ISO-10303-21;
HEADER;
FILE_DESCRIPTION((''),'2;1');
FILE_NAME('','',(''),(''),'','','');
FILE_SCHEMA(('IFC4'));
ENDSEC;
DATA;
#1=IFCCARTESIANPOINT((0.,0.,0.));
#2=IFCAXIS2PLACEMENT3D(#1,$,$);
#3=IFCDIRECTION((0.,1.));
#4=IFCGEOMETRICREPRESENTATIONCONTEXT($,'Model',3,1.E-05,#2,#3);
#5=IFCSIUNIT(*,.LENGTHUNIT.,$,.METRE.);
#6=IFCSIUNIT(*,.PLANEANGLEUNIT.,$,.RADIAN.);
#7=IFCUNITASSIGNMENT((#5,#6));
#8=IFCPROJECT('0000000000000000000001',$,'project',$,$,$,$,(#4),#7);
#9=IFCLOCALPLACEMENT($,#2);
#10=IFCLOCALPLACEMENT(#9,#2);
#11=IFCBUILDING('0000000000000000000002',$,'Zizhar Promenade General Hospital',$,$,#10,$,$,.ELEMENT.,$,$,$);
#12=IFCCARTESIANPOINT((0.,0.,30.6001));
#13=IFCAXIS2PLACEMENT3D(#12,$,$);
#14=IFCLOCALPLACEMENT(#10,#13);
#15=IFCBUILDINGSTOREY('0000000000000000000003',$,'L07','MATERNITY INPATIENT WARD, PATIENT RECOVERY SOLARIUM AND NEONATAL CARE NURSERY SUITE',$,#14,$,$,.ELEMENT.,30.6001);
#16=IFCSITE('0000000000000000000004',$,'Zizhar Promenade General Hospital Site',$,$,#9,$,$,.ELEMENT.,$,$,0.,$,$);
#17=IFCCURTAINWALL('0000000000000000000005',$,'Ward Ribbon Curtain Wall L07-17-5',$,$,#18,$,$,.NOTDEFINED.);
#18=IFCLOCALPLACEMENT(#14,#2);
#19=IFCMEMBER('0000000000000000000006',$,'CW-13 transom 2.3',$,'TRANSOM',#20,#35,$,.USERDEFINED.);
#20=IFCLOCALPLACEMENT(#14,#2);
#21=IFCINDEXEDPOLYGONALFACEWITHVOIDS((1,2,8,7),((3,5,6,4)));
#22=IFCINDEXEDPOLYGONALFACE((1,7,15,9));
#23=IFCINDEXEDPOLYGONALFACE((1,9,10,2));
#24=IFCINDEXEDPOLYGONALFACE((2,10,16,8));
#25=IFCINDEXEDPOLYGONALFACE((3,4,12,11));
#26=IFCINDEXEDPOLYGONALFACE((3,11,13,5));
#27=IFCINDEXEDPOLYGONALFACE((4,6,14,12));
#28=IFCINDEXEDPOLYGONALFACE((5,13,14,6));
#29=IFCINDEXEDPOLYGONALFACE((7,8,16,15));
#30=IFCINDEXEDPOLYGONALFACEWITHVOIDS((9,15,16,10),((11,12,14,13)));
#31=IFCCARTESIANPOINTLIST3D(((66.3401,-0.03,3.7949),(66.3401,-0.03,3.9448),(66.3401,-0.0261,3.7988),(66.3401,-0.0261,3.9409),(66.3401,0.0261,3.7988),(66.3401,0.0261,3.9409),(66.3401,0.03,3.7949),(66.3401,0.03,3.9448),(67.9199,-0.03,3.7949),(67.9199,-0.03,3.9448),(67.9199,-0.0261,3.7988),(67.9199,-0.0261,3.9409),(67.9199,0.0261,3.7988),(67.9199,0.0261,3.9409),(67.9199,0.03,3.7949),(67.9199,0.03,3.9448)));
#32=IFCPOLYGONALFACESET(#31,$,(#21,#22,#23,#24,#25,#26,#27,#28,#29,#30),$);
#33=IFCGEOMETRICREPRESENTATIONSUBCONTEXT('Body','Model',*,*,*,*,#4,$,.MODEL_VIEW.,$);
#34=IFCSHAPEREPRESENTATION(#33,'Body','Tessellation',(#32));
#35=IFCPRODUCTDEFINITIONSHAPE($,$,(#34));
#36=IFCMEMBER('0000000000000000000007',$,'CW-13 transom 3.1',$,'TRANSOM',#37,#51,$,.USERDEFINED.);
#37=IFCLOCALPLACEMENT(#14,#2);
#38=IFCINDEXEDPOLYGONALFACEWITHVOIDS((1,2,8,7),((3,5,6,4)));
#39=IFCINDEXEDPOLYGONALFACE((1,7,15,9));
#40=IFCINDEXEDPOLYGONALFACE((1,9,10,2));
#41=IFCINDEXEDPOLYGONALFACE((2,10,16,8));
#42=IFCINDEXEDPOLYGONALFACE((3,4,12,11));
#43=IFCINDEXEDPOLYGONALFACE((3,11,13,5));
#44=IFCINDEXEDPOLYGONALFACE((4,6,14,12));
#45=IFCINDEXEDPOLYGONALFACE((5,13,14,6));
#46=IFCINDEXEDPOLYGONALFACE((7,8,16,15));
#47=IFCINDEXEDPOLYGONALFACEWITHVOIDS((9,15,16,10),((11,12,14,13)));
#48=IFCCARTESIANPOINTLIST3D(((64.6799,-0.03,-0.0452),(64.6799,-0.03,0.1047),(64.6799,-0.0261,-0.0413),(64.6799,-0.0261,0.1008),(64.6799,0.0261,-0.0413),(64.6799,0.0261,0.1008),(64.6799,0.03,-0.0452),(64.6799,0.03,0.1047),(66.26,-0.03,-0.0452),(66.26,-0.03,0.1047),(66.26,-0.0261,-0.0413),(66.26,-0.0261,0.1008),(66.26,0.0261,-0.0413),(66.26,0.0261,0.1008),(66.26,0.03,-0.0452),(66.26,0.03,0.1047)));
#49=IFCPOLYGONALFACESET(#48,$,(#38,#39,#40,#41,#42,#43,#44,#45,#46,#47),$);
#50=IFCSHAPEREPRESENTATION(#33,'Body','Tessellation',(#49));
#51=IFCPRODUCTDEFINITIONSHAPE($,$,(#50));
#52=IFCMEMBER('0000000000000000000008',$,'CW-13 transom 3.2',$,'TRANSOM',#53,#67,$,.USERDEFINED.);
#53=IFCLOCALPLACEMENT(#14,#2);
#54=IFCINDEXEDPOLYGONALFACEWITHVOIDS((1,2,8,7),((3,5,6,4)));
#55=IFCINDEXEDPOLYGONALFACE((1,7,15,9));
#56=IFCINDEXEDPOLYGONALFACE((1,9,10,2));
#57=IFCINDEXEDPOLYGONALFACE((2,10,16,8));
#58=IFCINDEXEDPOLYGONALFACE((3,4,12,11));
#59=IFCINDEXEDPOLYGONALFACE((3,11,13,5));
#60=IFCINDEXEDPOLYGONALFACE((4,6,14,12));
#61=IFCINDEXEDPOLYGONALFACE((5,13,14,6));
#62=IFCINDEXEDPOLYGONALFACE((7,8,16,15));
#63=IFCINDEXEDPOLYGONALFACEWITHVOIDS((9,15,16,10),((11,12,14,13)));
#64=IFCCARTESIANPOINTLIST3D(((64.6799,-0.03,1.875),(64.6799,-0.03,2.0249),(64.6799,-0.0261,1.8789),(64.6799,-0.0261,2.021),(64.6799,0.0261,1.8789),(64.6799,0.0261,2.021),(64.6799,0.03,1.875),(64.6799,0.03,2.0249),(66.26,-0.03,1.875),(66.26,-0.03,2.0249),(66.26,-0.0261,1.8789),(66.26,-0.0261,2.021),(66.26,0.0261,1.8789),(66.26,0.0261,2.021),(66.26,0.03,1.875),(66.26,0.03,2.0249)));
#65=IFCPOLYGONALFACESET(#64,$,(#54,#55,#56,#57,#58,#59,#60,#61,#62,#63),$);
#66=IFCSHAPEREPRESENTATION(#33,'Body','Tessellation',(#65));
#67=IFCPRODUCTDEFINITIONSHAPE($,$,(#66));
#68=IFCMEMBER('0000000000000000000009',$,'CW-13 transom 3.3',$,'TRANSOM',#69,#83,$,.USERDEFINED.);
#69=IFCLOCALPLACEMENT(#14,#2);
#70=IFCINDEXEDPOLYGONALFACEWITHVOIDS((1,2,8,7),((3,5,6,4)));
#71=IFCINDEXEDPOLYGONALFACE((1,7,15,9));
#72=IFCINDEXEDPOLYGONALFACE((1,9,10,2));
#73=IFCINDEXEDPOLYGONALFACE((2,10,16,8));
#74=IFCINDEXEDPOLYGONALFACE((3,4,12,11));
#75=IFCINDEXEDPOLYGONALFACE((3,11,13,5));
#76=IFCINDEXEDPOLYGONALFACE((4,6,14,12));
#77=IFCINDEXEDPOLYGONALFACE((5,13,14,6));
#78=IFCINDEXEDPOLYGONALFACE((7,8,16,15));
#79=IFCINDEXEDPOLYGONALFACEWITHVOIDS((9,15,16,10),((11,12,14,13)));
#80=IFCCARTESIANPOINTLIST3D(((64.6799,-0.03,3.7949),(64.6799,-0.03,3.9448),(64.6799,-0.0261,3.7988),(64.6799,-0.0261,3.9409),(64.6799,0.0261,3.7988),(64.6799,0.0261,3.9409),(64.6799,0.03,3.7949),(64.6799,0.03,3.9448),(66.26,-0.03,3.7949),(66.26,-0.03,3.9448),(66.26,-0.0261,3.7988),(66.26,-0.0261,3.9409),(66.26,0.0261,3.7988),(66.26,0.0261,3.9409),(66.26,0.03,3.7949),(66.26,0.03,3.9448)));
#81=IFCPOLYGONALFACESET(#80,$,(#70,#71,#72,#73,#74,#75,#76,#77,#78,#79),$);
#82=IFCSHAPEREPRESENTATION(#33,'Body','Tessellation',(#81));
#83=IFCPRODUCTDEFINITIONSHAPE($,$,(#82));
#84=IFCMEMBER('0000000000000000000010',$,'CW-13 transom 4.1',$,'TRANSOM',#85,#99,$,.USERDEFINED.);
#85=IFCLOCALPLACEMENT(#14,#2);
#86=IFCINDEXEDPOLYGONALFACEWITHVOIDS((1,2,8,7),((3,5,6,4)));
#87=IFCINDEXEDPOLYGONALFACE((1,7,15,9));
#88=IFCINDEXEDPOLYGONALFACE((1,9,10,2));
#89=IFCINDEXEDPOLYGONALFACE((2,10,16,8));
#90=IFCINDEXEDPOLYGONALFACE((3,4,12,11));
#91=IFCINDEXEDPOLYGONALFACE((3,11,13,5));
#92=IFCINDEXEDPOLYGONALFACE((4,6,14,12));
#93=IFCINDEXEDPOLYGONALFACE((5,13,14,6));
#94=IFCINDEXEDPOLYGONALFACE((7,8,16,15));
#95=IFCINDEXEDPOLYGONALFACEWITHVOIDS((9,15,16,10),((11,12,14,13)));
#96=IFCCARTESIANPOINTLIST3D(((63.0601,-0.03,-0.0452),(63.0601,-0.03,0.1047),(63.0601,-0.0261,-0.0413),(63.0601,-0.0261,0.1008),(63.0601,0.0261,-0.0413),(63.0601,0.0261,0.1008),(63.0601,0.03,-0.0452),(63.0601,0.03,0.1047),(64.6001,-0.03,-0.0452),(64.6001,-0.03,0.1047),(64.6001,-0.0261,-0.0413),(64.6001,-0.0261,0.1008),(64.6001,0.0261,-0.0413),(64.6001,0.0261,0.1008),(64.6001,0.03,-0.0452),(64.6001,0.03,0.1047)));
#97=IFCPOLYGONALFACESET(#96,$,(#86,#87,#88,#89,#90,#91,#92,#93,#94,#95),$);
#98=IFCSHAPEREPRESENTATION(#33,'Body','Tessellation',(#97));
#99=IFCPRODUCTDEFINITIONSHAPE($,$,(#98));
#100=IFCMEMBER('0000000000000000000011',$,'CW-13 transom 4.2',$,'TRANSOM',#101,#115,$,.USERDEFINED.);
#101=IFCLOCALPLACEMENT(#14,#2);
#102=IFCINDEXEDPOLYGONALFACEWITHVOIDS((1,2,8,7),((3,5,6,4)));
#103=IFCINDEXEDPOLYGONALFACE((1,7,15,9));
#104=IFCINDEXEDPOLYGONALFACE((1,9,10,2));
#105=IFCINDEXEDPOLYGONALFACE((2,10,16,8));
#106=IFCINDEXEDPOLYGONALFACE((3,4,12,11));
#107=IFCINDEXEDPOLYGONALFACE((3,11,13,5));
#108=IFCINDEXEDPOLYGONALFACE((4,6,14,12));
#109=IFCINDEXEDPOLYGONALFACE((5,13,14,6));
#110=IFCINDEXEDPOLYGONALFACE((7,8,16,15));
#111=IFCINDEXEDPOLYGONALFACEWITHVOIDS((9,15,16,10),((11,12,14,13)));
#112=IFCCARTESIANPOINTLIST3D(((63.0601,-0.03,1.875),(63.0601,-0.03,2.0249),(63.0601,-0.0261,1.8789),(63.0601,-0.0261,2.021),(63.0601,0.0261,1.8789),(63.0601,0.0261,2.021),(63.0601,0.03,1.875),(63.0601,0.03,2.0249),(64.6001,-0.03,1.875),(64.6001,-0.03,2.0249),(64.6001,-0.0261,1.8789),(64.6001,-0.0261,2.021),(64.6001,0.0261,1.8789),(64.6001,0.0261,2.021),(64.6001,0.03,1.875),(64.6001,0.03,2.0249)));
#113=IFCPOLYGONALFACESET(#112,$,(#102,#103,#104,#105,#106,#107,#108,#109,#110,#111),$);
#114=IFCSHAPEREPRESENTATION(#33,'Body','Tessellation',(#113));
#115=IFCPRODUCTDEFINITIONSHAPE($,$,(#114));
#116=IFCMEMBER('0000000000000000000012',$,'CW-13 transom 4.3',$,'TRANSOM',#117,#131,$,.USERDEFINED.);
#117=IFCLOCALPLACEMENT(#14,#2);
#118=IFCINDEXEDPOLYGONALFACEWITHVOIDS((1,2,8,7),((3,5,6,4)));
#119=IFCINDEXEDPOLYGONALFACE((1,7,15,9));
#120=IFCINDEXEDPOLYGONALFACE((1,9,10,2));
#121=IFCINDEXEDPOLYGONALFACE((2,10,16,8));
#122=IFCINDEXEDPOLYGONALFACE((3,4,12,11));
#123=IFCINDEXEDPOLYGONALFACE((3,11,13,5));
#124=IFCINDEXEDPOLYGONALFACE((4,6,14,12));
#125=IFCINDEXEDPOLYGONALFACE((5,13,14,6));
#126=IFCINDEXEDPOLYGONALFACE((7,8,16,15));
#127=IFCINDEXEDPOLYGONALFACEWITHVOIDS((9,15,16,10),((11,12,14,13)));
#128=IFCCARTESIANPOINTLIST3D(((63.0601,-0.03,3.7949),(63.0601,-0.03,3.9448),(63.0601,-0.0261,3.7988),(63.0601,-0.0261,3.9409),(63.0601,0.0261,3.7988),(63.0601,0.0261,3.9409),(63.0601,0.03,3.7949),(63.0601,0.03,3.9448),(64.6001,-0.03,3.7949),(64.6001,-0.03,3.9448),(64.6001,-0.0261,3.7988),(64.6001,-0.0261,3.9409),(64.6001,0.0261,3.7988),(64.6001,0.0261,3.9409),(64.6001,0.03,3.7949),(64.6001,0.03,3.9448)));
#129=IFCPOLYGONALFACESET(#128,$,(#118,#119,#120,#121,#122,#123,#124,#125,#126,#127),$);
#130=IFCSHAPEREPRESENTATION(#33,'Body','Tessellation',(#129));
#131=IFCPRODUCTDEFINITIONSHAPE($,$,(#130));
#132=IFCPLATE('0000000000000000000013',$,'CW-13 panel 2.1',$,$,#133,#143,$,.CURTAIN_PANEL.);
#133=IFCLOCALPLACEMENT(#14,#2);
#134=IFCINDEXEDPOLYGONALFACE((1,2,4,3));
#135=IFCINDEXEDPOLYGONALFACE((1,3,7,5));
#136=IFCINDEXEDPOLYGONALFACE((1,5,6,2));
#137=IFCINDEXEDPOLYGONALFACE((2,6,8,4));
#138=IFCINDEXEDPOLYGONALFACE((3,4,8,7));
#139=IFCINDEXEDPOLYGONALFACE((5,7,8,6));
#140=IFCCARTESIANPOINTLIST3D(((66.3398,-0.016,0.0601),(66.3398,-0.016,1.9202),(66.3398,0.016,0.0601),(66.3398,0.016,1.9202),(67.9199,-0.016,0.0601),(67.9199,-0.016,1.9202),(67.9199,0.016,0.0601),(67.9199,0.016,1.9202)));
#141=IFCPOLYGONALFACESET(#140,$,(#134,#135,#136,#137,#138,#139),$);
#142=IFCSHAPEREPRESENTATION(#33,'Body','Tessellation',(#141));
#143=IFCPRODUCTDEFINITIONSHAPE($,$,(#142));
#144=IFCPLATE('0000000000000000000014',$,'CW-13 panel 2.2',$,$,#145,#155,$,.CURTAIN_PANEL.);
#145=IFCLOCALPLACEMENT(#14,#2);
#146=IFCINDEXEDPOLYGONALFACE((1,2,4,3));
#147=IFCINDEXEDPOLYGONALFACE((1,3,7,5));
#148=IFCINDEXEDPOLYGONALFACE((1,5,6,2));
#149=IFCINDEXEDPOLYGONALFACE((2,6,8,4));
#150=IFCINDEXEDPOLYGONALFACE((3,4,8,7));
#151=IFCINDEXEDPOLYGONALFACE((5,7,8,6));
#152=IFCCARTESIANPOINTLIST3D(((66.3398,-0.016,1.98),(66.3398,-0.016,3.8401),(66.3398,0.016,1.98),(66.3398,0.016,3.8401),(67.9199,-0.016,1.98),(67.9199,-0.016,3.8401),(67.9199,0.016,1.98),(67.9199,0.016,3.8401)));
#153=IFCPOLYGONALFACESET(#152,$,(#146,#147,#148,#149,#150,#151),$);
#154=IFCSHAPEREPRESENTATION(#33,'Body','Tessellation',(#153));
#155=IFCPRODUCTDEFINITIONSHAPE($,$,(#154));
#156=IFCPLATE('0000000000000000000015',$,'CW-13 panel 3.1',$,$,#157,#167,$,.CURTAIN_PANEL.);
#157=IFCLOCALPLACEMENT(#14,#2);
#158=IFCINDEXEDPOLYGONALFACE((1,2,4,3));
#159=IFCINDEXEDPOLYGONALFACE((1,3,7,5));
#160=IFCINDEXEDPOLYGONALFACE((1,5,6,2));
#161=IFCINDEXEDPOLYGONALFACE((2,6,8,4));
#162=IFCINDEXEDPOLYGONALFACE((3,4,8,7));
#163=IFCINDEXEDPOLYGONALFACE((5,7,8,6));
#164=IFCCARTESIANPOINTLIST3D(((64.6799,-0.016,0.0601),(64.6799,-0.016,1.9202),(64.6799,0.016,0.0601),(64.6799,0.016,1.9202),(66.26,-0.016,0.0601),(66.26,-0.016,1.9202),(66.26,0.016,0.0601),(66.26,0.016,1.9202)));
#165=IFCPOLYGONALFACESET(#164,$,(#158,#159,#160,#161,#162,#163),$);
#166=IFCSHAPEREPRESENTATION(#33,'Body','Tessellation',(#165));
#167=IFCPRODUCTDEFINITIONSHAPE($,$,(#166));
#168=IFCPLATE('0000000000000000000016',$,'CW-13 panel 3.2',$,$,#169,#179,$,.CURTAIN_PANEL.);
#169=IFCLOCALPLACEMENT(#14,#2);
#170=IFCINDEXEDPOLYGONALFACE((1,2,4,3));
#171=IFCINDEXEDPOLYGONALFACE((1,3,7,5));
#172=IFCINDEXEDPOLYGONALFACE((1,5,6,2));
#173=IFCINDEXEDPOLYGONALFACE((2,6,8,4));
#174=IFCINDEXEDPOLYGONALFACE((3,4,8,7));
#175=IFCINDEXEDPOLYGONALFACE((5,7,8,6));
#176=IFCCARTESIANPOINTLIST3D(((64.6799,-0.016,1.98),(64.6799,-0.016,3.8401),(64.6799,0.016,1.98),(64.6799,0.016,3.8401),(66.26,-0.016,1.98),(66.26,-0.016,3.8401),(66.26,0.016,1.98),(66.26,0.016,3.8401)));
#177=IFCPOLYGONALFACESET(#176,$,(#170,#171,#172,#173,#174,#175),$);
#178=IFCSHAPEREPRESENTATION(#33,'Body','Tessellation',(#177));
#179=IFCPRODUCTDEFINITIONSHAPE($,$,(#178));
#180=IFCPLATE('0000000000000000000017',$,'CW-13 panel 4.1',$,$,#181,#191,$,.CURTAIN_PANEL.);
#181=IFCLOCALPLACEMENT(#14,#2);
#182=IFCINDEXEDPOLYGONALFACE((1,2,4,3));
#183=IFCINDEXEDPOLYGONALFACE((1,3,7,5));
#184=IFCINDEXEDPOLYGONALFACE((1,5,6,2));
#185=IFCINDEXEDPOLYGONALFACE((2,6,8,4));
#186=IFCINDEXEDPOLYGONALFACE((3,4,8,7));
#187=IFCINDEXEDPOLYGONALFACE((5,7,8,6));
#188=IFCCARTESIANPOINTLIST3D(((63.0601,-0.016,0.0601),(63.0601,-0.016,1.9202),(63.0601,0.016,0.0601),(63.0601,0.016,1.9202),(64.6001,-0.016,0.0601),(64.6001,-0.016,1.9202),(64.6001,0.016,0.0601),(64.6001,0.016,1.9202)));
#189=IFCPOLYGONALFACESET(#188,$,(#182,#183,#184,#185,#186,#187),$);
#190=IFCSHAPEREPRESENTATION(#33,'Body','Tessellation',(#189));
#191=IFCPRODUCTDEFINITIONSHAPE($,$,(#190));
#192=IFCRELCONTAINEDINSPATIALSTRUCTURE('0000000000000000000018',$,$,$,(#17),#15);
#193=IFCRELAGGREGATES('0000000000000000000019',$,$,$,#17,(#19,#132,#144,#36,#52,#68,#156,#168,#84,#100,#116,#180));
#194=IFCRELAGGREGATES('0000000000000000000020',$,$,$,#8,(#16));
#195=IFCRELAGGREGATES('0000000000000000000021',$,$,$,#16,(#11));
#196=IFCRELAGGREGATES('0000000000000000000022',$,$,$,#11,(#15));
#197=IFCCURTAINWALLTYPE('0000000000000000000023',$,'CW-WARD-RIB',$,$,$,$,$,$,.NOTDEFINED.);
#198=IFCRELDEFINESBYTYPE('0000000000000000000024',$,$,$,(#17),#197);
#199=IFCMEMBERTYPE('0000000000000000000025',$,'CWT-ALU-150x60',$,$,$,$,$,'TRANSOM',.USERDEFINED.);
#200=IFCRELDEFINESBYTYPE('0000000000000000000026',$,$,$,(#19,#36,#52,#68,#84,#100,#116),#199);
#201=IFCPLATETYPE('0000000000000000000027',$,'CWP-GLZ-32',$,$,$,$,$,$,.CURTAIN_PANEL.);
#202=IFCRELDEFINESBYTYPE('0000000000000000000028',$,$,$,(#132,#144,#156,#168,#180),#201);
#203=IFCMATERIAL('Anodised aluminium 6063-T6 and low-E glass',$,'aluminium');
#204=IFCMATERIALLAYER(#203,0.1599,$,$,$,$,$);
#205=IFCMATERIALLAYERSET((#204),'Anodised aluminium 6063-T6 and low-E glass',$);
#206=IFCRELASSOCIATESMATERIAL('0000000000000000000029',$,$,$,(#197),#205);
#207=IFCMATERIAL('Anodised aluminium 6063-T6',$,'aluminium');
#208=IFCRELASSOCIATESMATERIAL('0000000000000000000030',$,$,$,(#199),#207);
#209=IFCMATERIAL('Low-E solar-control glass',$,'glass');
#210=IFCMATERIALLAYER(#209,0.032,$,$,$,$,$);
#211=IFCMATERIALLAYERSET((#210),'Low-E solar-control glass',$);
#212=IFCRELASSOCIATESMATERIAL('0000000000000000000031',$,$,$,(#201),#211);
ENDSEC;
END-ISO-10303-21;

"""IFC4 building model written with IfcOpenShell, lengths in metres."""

from ifc_helpers import new_model, si_unit, direction, frame, origin, origin_2d, place, context, subcontext, project, spatial, rectangle, hollow_rectangle, extrude, material, layer, layer_set, material_profile, profile_set, type_object, element, aggregate, save


model = new_model("IFC4")

# Units and contexts
model_context = context("Model", 3, precision=1e-05, world=origin(), true_north=direction((0.0, 1.0)))
body_context = subcontext(model_context, "Body", "Model", "MODEL_VIEW")
ifc_project = project(units=[si_unit("LENGTHUNIT", "METRE"), si_unit("PLANEANGLEUNIT", "RADIAN")], contexts=[model_context])

# Site, building, storey
site_placement = place(None, origin())
site = spatial("IfcSite", under=ifc_project, at=site_placement, Name="Zizhar Promenade General Hospital Site", CompositionType="ELEMENT", RefElevation=0.0)
building_placement = place(site_placement, origin())
building = spatial("IfcBuilding", under=site, at=building_placement, Name="Zizhar Promenade General Hospital", CompositionType="ELEMENT")
storey_placement = place(building_placement, frame((0.0, 0.0, 30.6001)))
storey = spatial("IfcBuildingStorey", under=building, at=storey_placement, Name="L07", Description="MATERNITY INPATIENT WARD, PATIENT RECOVERY SOLARIUM AND NEONATAL CARE NURSERY SUITE", CompositionType="ELEMENT", Elevation=30.6001)

# Curtain wall, members, plates
ifc_material_1 = material(Name="Anodised aluminium 6063-T6 and low-E glass", Category="aluminium")
ifc_layer_1 = layer(ifc_material_1, 0.1599)
ifc_layer_set_1 = layer_set([ifc_layer_1], Name="Anodised aluminium 6063-T6 and low-E glass")
curtain_wall_type = type_object("IfcCurtainWallType", Name="CW-WARD-RIB", PredefinedType="NOTDEFINED", material=ifc_layer_set_1)
curtain_wall_placement = place(storey_placement, origin())
curtain_wall = element("IfcCurtainWall", 1, at=curtain_wall_placement, inside=storey, type_object=curtain_wall_type, Name="Ward Ribbon Curtain Wall L07-17-5", PredefinedType="NOTDEFINED")
ifc_material_2 = material(Name="Anodised aluminium 6063-T6", Category="aluminium")
ifc_material_profile_1 = material_profile(ifc_material_2, hollow_rectangle(XDim=0.0601, YDim=0.1499, WallThickness=0.0039, at=origin_2d()))
ifc_profile_set_1 = profile_set([ifc_material_profile_1], Name="Anodised aluminium 6063-T6")
member_type_1 = type_object("IfcMemberType", Name="CWT-ALU-150x60", ElementType="TRANSOM", PredefinedType="USERDEFINED", material=ifc_profile_set_1)
member_1_placement = place(storey_placement, frame((67.9199, 0.0, 3.8699), z_axis=(-1.0, 0.0, 0.0), x_axis=(0.0, -1.0, 0.0)))
member_1 = element("IfcMember", 2, at=member_1_placement, type_object=member_type_1, Name="CW-13 transom 2.3", ObjectType="TRANSOM", PredefinedType="USERDEFINED", context=body_context, shape_type="SweptSolid", body=[
    extrude(hollow_rectangle(XDim=0.0601, YDim=0.1499, WallThickness=0.0039, at=origin_2d()), origin(), (0.0, 0.0, 1.0), 1.5798),
])
member_2_placement = place(storey_placement, frame((66.26, 0.0, 0.0298), z_axis=(-1.0, 0.0, 0.0), x_axis=(0.0, -1.0, 0.0)))
member_2 = element("IfcMember", 3, at=member_2_placement, type_object=member_type_1, Name="CW-13 transom 3.1", ObjectType="TRANSOM", PredefinedType="USERDEFINED", context=body_context, shape_type="SweptSolid", body=[
    extrude(hollow_rectangle(XDim=0.0601, YDim=0.1499, WallThickness=0.0039, at=origin_2d()), origin(), (0.0, 0.0, 1.0), 1.5801),
])
member_3_placement = place(storey_placement, frame((66.26, 0.0, 1.95), z_axis=(-1.0, 0.0, 0.0), x_axis=(0.0, -1.0, 0.0)))
member_3 = element("IfcMember", 4, at=member_3_placement, type_object=member_type_1, Name="CW-13 transom 3.2", ObjectType="TRANSOM", PredefinedType="USERDEFINED", context=body_context, shape_type="SweptSolid", body=[
    extrude(hollow_rectangle(XDim=0.0601, YDim=0.1499, WallThickness=0.0039, at=origin_2d()), origin(), (0.0, 0.0, 1.0), 1.5801),
])
member_4_placement = place(storey_placement, frame((66.26, 0.0, 3.8699), z_axis=(-1.0, 0.0, 0.0), x_axis=(0.0, -1.0, 0.0)))
member_4 = element("IfcMember", 5, at=member_4_placement, type_object=member_type_1, Name="CW-13 transom 3.3", ObjectType="TRANSOM", PredefinedType="USERDEFINED", context=body_context, shape_type="SweptSolid", body=[
    extrude(hollow_rectangle(XDim=0.0601, YDim=0.1499, WallThickness=0.0039, at=origin_2d()), origin(), (0.0, 0.0, 1.0), 1.5801),
])
member_5_placement = place(storey_placement, frame((64.6001, 0.0, 0.0298), z_axis=(-1.0, 0.0, 0.0), x_axis=(0.0, -1.0, 0.0)))
member_5 = element("IfcMember", 6, at=member_5_placement, type_object=member_type_1, Name="CW-13 transom 4.1", ObjectType="TRANSOM", PredefinedType="USERDEFINED", context=body_context, shape_type="SweptSolid", body=[
    extrude(hollow_rectangle(XDim=0.0601, YDim=0.1499, WallThickness=0.0039, at=origin_2d()), origin(), (0.0, 0.0, 1.0), 1.54),
])
member_6_placement = place(storey_placement, frame((64.6001, 0.0, 1.95), z_axis=(-1.0, 0.0, 0.0), x_axis=(0.0, -1.0, 0.0)))
member_6 = element("IfcMember", 7, at=member_6_placement, type_object=member_type_1, Name="CW-13 transom 4.2", ObjectType="TRANSOM", PredefinedType="USERDEFINED", context=body_context, shape_type="SweptSolid", body=[
    extrude(hollow_rectangle(XDim=0.0601, YDim=0.1499, WallThickness=0.0039, at=origin_2d()), origin(), (0.0, 0.0, 1.0), 1.54),
])
member_7_placement = place(storey_placement, frame((64.6001, 0.0, 3.8699), z_axis=(-1.0, 0.0, 0.0), x_axis=(0.0, -1.0, 0.0)))
member_7 = element("IfcMember", 8, at=member_7_placement, type_object=member_type_1, Name="CW-13 transom 4.3", ObjectType="TRANSOM", PredefinedType="USERDEFINED", context=body_context, shape_type="SweptSolid", body=[
    extrude(hollow_rectangle(XDim=0.0601, YDim=0.1499, WallThickness=0.0039, at=origin_2d()), origin(), (0.0, 0.0, 1.0), 1.54),
])
ifc_material_3 = material(Name="Low-E solar-control glass", Category="glass")
ifc_layer_2 = layer(ifc_material_3, 0.032)
ifc_layer_set_2 = layer_set([ifc_layer_2], Name="Low-E solar-control glass")
plate_type = type_object("IfcPlateType", Name="CWP-GLZ-32", PredefinedType="CURTAIN_PANEL", material=ifc_layer_set_2)
plate_1_placement = place(storey_placement, frame((67.1299, 0.0, 0.0601), z_axis=(0.0, 0.0, 1.0), x_axis=(-1.0, 0.0, 0.0)))
plate_1 = element("IfcPlate", 9, at=plate_1_placement, type_object=plate_type, Name="CW-13 panel 2.1", PredefinedType="CURTAIN_PANEL", context=body_context, shape_type="SweptSolid", body=[
    extrude(rectangle(XDim=1.5801, YDim=0.032, at=origin_2d()), origin(), (0.0, 0.0, 1.0), 1.8601),
])
plate_2_placement = place(storey_placement, frame((67.1299, 0.0, 1.98), z_axis=(0.0, 0.0, 1.0), x_axis=(-1.0, 0.0, 0.0)))
plate_2 = element("IfcPlate", 10, at=plate_2_placement, type_object=plate_type, Name="CW-13 panel 2.2", PredefinedType="CURTAIN_PANEL", context=body_context, shape_type="SweptSolid", body=[
    extrude(rectangle(XDim=1.5801, YDim=0.032, at=origin_2d()), origin(), (0.0, 0.0, 1.0), 1.8601),
])
plate_3_placement = place(storey_placement, frame((65.47, 0.0, 0.0601), z_axis=(0.0, 0.0, 1.0), x_axis=(-1.0, 0.0, 0.0)))
plate_3 = element("IfcPlate", 11, at=plate_3_placement, type_object=plate_type, Name="CW-13 panel 3.1", PredefinedType="CURTAIN_PANEL", context=body_context, shape_type="SweptSolid", body=[
    extrude(rectangle(XDim=1.5801, YDim=0.032, at=origin_2d()), origin(), (0.0, 0.0, 1.0), 1.8601),
])
plate_4_placement = place(storey_placement, frame((65.47, 0.0, 1.98), z_axis=(0.0, 0.0, 1.0), x_axis=(-1.0, 0.0, 0.0)))
plate_4 = element("IfcPlate", 12, at=plate_4_placement, type_object=plate_type, Name="CW-13 panel 3.2", PredefinedType="CURTAIN_PANEL", context=body_context, shape_type="SweptSolid", body=[
    extrude(rectangle(XDim=1.5801, YDim=0.032, at=origin_2d()), origin(), (0.0, 0.0, 1.0), 1.8601),
])
plate_5_placement = place(storey_placement, frame((63.8301, 0.0, 0.0601), z_axis=(0.0, 0.0, 1.0), x_axis=(-1.0, 0.0, 0.0)))
plate_5 = element("IfcPlate", 13, at=plate_5_placement, type_object=plate_type, Name="CW-13 panel 4.1", PredefinedType="CURTAIN_PANEL", context=body_context, shape_type="SweptSolid", body=[
    extrude(rectangle(XDim=1.54, YDim=0.032, at=origin_2d()), origin(), (0.0, 0.0, 1.0), 1.8601),
])
aggregate(curtain_wall, [member_1, plate_1, plate_2, member_2, member_3, member_4, plate_3, plate_4, member_5, member_6, member_7, plate_5])

save(model, "model.ifc")
